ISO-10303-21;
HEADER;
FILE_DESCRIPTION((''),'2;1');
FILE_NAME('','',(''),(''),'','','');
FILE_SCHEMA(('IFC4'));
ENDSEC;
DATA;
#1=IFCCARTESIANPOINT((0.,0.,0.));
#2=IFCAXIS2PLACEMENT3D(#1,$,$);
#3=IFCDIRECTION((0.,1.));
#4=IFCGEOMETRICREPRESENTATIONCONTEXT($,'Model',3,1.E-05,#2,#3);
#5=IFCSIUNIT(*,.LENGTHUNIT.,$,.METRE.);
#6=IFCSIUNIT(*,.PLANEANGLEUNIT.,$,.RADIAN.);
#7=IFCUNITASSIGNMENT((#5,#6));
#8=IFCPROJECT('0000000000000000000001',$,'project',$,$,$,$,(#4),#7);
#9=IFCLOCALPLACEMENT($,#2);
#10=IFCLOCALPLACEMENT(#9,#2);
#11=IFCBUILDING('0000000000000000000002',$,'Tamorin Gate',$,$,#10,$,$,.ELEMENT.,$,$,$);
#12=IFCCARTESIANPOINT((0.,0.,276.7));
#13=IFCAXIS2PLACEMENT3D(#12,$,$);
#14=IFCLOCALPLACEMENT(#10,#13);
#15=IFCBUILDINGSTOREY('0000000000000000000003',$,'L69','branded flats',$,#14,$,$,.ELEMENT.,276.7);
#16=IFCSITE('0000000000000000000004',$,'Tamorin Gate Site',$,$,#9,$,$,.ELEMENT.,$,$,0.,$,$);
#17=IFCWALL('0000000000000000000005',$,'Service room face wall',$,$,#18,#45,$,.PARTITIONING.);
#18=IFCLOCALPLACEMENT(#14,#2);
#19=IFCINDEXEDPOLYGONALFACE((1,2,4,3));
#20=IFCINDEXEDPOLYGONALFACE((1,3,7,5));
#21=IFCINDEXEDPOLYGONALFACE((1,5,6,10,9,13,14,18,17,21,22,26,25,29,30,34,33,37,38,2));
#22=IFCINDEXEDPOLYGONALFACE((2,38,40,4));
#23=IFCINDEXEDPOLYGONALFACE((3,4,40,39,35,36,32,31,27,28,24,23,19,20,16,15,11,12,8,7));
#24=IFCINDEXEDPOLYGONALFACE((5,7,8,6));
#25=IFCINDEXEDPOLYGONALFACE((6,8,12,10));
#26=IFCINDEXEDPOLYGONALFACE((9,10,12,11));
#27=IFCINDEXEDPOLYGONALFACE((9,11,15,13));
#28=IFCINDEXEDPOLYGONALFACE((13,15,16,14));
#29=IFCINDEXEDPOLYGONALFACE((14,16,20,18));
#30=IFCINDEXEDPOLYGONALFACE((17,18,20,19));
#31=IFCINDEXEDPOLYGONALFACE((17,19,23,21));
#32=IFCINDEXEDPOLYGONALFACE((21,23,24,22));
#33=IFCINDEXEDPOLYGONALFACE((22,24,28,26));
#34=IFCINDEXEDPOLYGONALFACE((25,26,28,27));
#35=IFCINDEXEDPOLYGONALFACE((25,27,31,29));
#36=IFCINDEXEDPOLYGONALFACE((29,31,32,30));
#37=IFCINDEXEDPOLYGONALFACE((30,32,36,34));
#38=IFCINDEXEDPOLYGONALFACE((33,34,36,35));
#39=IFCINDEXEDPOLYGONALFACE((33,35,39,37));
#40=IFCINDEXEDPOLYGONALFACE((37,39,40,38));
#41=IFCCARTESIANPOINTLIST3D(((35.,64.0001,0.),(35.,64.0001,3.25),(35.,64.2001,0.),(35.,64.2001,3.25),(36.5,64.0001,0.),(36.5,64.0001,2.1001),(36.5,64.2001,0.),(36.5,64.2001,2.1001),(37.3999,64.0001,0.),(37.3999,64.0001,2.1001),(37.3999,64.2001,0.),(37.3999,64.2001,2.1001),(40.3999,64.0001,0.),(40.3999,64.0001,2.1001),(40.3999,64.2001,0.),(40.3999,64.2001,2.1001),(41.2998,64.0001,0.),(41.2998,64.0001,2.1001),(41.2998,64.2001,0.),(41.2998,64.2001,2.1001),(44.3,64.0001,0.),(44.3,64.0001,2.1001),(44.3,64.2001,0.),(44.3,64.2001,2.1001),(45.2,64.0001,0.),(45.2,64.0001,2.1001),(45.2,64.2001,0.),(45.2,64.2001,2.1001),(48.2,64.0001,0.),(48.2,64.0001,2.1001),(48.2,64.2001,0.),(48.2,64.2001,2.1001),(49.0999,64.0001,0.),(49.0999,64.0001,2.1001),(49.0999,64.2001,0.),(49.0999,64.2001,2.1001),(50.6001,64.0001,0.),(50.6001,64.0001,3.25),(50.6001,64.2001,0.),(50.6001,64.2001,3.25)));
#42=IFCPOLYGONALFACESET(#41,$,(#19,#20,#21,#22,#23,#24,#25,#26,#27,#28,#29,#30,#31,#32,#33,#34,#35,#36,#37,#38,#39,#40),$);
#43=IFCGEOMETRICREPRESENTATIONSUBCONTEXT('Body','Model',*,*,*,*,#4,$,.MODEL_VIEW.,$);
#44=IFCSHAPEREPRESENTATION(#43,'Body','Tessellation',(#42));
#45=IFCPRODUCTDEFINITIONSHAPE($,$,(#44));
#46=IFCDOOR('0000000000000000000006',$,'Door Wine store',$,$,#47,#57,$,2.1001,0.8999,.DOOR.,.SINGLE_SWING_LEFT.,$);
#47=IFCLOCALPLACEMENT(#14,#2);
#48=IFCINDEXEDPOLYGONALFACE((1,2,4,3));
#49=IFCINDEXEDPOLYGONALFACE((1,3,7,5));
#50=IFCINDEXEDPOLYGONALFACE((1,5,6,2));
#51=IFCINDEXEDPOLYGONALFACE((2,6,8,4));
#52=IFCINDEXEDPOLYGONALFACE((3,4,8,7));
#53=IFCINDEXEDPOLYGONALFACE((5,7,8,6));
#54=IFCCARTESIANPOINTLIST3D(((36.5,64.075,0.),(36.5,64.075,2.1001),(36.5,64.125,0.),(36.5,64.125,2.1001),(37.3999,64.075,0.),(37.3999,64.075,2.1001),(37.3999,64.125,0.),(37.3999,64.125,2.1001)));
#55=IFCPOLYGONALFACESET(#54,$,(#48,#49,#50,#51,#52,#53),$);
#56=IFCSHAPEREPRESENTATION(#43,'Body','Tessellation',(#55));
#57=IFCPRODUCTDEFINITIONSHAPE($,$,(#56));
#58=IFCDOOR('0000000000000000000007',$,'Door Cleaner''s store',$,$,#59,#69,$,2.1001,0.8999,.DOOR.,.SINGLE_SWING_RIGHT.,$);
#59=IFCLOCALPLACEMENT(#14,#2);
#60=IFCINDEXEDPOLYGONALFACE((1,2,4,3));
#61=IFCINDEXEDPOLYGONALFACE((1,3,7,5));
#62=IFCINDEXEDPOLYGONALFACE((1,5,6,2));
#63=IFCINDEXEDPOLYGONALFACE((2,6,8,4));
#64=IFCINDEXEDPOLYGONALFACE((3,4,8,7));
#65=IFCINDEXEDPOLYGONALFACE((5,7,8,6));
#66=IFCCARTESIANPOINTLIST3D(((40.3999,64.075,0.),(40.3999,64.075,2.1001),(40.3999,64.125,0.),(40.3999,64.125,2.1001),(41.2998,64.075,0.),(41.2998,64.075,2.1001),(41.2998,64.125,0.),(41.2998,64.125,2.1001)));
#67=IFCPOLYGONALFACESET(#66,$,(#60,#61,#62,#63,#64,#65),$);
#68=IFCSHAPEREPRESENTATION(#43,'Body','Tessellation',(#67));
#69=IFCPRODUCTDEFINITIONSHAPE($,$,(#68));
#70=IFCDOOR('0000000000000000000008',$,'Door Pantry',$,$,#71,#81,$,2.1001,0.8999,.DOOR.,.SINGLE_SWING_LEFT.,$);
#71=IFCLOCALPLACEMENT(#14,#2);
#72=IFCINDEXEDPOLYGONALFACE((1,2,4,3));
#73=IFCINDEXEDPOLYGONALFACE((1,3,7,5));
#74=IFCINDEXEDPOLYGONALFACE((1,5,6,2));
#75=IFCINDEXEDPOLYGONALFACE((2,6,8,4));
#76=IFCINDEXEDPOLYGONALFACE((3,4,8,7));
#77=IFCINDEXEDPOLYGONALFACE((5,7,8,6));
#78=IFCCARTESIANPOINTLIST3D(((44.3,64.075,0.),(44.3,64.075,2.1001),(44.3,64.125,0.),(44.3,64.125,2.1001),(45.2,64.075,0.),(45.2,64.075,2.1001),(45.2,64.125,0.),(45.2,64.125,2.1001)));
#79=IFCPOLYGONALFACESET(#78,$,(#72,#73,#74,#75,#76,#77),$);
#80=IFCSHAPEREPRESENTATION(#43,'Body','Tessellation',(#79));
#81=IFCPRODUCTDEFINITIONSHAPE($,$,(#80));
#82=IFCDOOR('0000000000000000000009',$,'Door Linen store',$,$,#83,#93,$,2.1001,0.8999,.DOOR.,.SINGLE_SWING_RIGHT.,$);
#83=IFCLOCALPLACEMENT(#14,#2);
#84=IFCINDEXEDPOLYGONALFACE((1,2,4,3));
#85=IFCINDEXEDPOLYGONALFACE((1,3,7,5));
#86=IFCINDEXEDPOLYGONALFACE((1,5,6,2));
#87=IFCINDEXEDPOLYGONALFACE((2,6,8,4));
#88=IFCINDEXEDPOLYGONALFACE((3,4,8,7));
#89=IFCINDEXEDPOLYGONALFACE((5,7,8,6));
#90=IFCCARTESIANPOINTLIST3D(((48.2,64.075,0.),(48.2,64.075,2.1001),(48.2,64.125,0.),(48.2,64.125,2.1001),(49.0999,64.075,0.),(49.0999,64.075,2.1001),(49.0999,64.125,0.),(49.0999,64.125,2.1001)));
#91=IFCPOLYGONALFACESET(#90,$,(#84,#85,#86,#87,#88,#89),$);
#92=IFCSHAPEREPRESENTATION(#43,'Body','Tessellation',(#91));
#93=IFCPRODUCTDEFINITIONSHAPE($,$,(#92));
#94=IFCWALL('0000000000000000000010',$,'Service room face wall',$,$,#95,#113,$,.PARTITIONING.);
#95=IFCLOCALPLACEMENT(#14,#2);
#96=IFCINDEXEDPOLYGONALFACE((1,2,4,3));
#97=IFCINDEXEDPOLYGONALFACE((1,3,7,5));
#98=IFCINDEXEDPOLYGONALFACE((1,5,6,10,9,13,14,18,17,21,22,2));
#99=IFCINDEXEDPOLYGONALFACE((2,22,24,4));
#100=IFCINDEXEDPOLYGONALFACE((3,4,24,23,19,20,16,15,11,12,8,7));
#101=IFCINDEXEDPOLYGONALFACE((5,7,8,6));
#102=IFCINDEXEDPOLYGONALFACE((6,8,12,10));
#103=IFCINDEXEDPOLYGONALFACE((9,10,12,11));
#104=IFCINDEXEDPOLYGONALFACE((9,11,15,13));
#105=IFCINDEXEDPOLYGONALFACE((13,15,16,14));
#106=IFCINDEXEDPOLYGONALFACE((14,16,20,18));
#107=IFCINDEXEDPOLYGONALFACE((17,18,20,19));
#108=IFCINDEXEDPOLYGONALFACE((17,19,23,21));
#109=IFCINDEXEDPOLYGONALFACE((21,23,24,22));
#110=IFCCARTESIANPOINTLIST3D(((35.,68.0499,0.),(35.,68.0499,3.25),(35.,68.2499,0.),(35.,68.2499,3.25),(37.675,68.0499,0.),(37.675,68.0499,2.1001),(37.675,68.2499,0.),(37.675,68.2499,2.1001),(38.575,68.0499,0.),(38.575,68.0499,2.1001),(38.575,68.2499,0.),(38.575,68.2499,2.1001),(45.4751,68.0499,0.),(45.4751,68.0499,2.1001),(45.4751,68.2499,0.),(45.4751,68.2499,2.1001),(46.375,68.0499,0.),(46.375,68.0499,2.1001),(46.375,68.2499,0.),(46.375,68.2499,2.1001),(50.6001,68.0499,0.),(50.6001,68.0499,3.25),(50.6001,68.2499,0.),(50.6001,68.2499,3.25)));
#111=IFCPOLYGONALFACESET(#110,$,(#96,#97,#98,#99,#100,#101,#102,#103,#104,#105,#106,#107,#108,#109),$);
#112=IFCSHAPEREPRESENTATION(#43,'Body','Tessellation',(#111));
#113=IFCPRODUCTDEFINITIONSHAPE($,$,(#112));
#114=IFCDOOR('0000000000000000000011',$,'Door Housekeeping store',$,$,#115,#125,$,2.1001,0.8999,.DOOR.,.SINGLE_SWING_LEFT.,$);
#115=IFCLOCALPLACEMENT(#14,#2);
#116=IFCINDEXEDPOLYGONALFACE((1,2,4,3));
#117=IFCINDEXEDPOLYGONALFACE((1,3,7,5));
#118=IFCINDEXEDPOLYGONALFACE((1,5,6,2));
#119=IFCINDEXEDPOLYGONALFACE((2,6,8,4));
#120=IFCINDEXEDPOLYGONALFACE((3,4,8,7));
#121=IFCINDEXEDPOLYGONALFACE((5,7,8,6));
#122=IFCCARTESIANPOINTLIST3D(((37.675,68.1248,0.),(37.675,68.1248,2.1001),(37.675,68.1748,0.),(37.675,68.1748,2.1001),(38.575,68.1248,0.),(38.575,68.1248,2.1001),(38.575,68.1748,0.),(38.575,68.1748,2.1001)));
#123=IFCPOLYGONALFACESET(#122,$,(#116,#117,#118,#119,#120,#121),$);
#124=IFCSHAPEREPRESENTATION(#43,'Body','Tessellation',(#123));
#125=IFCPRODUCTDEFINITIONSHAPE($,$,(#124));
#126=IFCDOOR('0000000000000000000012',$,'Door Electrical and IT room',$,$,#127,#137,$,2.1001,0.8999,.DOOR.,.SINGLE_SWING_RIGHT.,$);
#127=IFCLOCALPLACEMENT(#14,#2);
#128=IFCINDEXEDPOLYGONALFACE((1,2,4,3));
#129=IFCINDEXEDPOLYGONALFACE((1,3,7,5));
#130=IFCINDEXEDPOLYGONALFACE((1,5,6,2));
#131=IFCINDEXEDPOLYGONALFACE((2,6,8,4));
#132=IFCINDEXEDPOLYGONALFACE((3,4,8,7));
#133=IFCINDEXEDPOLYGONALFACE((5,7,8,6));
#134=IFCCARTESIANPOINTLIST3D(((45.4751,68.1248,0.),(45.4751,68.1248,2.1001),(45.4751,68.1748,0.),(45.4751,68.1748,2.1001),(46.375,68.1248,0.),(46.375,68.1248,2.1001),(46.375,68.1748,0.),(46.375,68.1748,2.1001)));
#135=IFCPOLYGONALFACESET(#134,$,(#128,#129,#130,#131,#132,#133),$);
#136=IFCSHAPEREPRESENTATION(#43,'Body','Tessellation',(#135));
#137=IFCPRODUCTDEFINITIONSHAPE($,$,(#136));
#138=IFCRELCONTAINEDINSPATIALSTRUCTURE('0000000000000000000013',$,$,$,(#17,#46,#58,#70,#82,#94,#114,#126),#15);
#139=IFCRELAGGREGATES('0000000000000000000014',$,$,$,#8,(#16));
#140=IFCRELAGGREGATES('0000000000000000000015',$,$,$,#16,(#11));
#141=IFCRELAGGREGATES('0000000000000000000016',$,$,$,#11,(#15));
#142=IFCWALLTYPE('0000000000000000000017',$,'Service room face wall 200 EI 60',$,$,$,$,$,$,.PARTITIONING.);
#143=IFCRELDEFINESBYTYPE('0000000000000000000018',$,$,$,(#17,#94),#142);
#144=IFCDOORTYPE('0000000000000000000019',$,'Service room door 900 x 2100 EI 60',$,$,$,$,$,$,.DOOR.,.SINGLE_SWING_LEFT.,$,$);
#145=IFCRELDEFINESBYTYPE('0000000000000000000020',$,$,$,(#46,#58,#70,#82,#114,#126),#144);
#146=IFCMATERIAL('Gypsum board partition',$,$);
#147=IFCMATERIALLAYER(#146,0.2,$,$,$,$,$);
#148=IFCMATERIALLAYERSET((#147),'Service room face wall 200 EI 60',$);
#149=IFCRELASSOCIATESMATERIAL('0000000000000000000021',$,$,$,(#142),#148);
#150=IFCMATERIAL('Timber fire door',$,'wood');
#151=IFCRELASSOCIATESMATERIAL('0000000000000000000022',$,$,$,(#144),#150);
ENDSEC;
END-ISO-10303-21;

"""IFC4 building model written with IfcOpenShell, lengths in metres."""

from ifc_helpers import new_model, si_unit, direction, frame, frame_2d, origin, place, context, subcontext, project, spatial, rectangle, extrude, material, layer, layer_set, type_object, element, fill, save


model = new_model("IFC4")

# Units and contexts
model_context = context("Model", 3, precision=1e-05, world=origin(), true_north=direction((0.0, 1.0)))
body_context = subcontext(model_context, "Body", "Model", "MODEL_VIEW")
ifc_project = project(units=[si_unit("LENGTHUNIT", "METRE"), si_unit("PLANEANGLEUNIT", "RADIAN")], contexts=[model_context])

# Site, building, storey
site_placement = place(None, origin())
site = spatial("IfcSite", under=ifc_project, at=site_placement, Name="Tamorin Gate Site", CompositionType="ELEMENT", RefElevation=0.0)
building_placement = place(site_placement, origin())
building = spatial("IfcBuilding", under=site, at=building_placement, Name="Tamorin Gate", CompositionType="ELEMENT")
storey_placement = place(building_placement, frame((0.0, 0.0, 276.7)))
storey = spatial("IfcBuildingStorey", under=building, at=storey_placement, Name="L69", Description="branded flats", CompositionType="ELEMENT", Elevation=276.7)

# Walls, openings, doors
ifc_material_1 = material(Name="Gypsum board partition")
ifc_layer_1 = layer(ifc_material_1, 0.2)
ifc_layer_set_1 = layer_set([ifc_layer_1], Name="Service room face wall 200 EI 60")
wall_type_1 = type_object("IfcWallType", Name="Service room face wall 200 EI 60", PredefinedType="PARTITIONING", material=ifc_layer_set_1)
wall_1_placement = place(storey_placement, frame((35.0, 64.1001, 0.0), z_axis=(0.0, 0.0, 1.0), x_axis=(1.0, 0.0, 0.0)))
wall_1 = element("IfcWall", 1, at=wall_1_placement, inside=storey, type_object=wall_type_1, Name="Service room face wall", PredefinedType="PARTITIONING", context=body_context, shape_type="SweptSolid", body=[
    extrude(rectangle(XDim=15.6001, YDim=0.2, at=frame_2d((7.8, 0.0))), origin(), (0.0, 0.0, 1.0), 3.25),
])
opening_1_placement = place(wall_1_placement, frame((1.5, 0.0, 0.0)))
opening_1 = element("IfcOpeningElement", 2, at=opening_1_placement, cuts=wall_1, PredefinedType="OPENING", context=body_context, shape_type="SweptSolid", body=[
    extrude(rectangle(XDim=0.8999, YDim=2.1001, at=frame_2d((0.45, 1.05))), frame((0.0, 0.1099, 0.0), z_axis=(0.0, -1.0, 0.0), x_axis=(1.0, 0.0, 0.0)), (0.0, 0.0, 1.0), 0.22),
])
opening_2_placement = place(wall_1_placement, frame((5.3999, 0.0, 0.0)))
opening_2 = element("IfcOpeningElement", 3, at=opening_2_placement, cuts=wall_1, PredefinedType="OPENING", context=body_context, shape_type="SweptSolid", body=[
    extrude(rectangle(XDim=0.8999, YDim=2.1001, at=frame_2d((0.45, 1.05))), frame((0.0, 0.1099, 0.0), z_axis=(0.0, -1.0, 0.0), x_axis=(1.0, 0.0, 0.0)), (0.0, 0.0, 1.0), 0.22),
])
opening_3_placement = place(wall_1_placement, frame((9.3, 0.0, 0.0)))
opening_3 = element("IfcOpeningElement", 4, at=opening_3_placement, cuts=wall_1, PredefinedType="OPENING", context=body_context, shape_type="SweptSolid", body=[
    extrude(rectangle(XDim=0.8999, YDim=2.1001, at=frame_2d((0.45, 1.05))), frame((0.0, 0.1099, 0.0), z_axis=(0.0, -1.0, 0.0), x_axis=(1.0, 0.0, 0.0)), (0.0, 0.0, 1.0), 0.22),
])
opening_4_placement = place(wall_1_placement, frame((13.2, 0.0, 0.0)))
opening_4 = element("IfcOpeningElement", 5, at=opening_4_placement, cuts=wall_1, PredefinedType="OPENING", context=body_context, shape_type="SweptSolid", body=[
    extrude(rectangle(XDim=0.8999, YDim=2.1001, at=frame_2d((0.45, 1.05))), frame((0.0, 0.1099, 0.0), z_axis=(0.0, -1.0, 0.0), x_axis=(1.0, 0.0, 0.0)), (0.0, 0.0, 1.0), 0.22),
])
ifc_material_2 = material(Name="Timber fire door", Category="wood")
door_type_1 = type_object("IfcDoorType", Name="Service room door 900 x 2100 EI 60", OperationType="SINGLE_SWING_LEFT", PredefinedType="DOOR", material=ifc_material_2)
door_1_placement = place(opening_1_placement, origin())
door_1 = element("IfcDoor", 6, at=door_1_placement, inside=storey, type_object=door_type_1, Name="Door Wine store", OperationType="SINGLE_SWING_LEFT", OverallHeight=2.1001, OverallWidth=0.8999, PredefinedType="DOOR", context=body_context, shape_type="SweptSolid", body=[
    extrude(rectangle(XDim=0.8999, YDim=2.1001, at=frame_2d((0.45, 1.05))), frame((0.0, 0.0249, 0.0), z_axis=(0.0, -1.0, 0.0), x_axis=(1.0, 0.0, 0.0)), (0.0, 0.0, 1.0), 0.05),
])
fill(opening_1, door_1)
door_2_placement = place(opening_2_placement, origin())
door_2 = element("IfcDoor", 7, at=door_2_placement, inside=storey, type_object=door_type_1, Name="Door Cleaner's store", OperationType="SINGLE_SWING_RIGHT", OverallHeight=2.1001, OverallWidth=0.8999, PredefinedType="DOOR", context=body_context, shape_type="SweptSolid", body=[
    extrude(rectangle(XDim=0.8999, YDim=2.1001, at=frame_2d((0.45, 1.05))), frame((0.0, 0.0249, 0.0), z_axis=(0.0, -1.0, 0.0), x_axis=(1.0, 0.0, 0.0)), (0.0, 0.0, 1.0), 0.05),
])
fill(opening_2, door_2)
door_3_placement = place(opening_3_placement, origin())
door_3 = element("IfcDoor", 8, at=door_3_placement, inside=storey, type_object=door_type_1, Name="Door Pantry", OperationType="SINGLE_SWING_LEFT", OverallHeight=2.1001, OverallWidth=0.8999, PredefinedType="DOOR", context=body_context, shape_type="SweptSolid", body=[
    extrude(rectangle(XDim=0.8999, YDim=2.1001, at=frame_2d((0.45, 1.05))), frame((0.0, 0.0249, 0.0), z_axis=(0.0, -1.0, 0.0), x_axis=(1.0, 0.0, 0.0)), (0.0, 0.0, 1.0), 0.05),
])
fill(opening_3, door_3)
door_4_placement = place(opening_4_placement, origin())
door_4 = element("IfcDoor", 9, at=door_4_placement, inside=storey, type_object=door_type_1, Name="Door Linen store", OperationType="SINGLE_SWING_RIGHT", OverallHeight=2.1001, OverallWidth=0.8999, PredefinedType="DOOR", context=body_context, shape_type="SweptSolid", body=[
    extrude(rectangle(XDim=0.8999, YDim=2.1001, at=frame_2d((0.45, 1.05))), frame((0.0, 0.0249, 0.0), z_axis=(0.0, -1.0, 0.0), x_axis=(1.0, 0.0, 0.0)), (0.0, 0.0, 1.0), 0.05),
])
fill(opening_4, door_4)
wall_2_placement = place(storey_placement, frame((35.0, 68.1499, 0.0), z_axis=(0.0, 0.0, 1.0), x_axis=(1.0, 0.0, 0.0)))
wall_2 = element("IfcWall", 10, at=wall_2_placement, inside=storey, type_object=wall_type_1, Name="Service room face wall", PredefinedType="PARTITIONING", context=body_context, shape_type="SweptSolid", body=[
    extrude(rectangle(XDim=15.6001, YDim=0.2, at=frame_2d((7.8, 0.0))), origin(), (0.0, 0.0, 1.0), 3.25),
])
opening_5_placement = place(wall_2_placement, frame((2.675, 0.0, 0.0)))
opening_5 = element("IfcOpeningElement", 11, at=opening_5_placement, cuts=wall_2, PredefinedType="OPENING", context=body_context, shape_type="SweptSolid", body=[
    extrude(rectangle(XDim=0.8999, YDim=2.1001, at=frame_2d((0.45, 1.05))), frame((0.0, 0.1099, 0.0), z_axis=(0.0, -1.0, 0.0), x_axis=(1.0, 0.0, 0.0)), (0.0, 0.0, 1.0), 0.22),
])
opening_6_placement = place(wall_2_placement, frame((10.4751, 0.0, 0.0)))
opening_6 = element("IfcOpeningElement", 12, at=opening_6_placement, cuts=wall_2, PredefinedType="OPENING", context=body_context, shape_type="SweptSolid", body=[
    extrude(rectangle(XDim=0.8999, YDim=2.1001, at=frame_2d((0.45, 1.05))), frame((0.0, 0.1099, 0.0), z_axis=(0.0, -1.0, 0.0), x_axis=(1.0, 0.0, 0.0)), (0.0, 0.0, 1.0), 0.22),
])
door_5_placement = place(opening_5_placement, origin())
door_5 = element("IfcDoor", 13, at=door_5_placement, inside=storey, type_object=door_type_1, Name="Door Housekeeping store", OperationType="SINGLE_SWING_LEFT", OverallHeight=2.1001, OverallWidth=0.8999, PredefinedType="DOOR", context=body_context, shape_type="SweptSolid", body=[
    extrude(rectangle(XDim=0.8999, YDim=2.1001, at=frame_2d((0.45, 1.05))), frame((0.0, 0.0249, 0.0), z_axis=(0.0, -1.0, 0.0), x_axis=(1.0, 0.0, 0.0)), (0.0, 0.0, 1.0), 0.05),
])
fill(opening_5, door_5)
door_6_placement = place(opening_6_placement, origin())
door_6 = element("IfcDoor", 14, at=door_6_placement, inside=storey, type_object=door_type_1, Name="Door Electrical and IT room", OperationType="SINGLE_SWING_RIGHT", OverallHeight=2.1001, OverallWidth=0.8999, PredefinedType="DOOR", context=body_context, shape_type="SweptSolid", body=[
    extrude(rectangle(XDim=0.8999, YDim=2.1001, at=frame_2d((0.45, 1.05))), frame((0.0, 0.0249, 0.0), z_axis=(0.0, -1.0, 0.0), x_axis=(1.0, 0.0, 0.0)), (0.0, 0.0, 1.0), 0.05),
])
fill(opening_6, door_6)

save(model, "model.ifc")
